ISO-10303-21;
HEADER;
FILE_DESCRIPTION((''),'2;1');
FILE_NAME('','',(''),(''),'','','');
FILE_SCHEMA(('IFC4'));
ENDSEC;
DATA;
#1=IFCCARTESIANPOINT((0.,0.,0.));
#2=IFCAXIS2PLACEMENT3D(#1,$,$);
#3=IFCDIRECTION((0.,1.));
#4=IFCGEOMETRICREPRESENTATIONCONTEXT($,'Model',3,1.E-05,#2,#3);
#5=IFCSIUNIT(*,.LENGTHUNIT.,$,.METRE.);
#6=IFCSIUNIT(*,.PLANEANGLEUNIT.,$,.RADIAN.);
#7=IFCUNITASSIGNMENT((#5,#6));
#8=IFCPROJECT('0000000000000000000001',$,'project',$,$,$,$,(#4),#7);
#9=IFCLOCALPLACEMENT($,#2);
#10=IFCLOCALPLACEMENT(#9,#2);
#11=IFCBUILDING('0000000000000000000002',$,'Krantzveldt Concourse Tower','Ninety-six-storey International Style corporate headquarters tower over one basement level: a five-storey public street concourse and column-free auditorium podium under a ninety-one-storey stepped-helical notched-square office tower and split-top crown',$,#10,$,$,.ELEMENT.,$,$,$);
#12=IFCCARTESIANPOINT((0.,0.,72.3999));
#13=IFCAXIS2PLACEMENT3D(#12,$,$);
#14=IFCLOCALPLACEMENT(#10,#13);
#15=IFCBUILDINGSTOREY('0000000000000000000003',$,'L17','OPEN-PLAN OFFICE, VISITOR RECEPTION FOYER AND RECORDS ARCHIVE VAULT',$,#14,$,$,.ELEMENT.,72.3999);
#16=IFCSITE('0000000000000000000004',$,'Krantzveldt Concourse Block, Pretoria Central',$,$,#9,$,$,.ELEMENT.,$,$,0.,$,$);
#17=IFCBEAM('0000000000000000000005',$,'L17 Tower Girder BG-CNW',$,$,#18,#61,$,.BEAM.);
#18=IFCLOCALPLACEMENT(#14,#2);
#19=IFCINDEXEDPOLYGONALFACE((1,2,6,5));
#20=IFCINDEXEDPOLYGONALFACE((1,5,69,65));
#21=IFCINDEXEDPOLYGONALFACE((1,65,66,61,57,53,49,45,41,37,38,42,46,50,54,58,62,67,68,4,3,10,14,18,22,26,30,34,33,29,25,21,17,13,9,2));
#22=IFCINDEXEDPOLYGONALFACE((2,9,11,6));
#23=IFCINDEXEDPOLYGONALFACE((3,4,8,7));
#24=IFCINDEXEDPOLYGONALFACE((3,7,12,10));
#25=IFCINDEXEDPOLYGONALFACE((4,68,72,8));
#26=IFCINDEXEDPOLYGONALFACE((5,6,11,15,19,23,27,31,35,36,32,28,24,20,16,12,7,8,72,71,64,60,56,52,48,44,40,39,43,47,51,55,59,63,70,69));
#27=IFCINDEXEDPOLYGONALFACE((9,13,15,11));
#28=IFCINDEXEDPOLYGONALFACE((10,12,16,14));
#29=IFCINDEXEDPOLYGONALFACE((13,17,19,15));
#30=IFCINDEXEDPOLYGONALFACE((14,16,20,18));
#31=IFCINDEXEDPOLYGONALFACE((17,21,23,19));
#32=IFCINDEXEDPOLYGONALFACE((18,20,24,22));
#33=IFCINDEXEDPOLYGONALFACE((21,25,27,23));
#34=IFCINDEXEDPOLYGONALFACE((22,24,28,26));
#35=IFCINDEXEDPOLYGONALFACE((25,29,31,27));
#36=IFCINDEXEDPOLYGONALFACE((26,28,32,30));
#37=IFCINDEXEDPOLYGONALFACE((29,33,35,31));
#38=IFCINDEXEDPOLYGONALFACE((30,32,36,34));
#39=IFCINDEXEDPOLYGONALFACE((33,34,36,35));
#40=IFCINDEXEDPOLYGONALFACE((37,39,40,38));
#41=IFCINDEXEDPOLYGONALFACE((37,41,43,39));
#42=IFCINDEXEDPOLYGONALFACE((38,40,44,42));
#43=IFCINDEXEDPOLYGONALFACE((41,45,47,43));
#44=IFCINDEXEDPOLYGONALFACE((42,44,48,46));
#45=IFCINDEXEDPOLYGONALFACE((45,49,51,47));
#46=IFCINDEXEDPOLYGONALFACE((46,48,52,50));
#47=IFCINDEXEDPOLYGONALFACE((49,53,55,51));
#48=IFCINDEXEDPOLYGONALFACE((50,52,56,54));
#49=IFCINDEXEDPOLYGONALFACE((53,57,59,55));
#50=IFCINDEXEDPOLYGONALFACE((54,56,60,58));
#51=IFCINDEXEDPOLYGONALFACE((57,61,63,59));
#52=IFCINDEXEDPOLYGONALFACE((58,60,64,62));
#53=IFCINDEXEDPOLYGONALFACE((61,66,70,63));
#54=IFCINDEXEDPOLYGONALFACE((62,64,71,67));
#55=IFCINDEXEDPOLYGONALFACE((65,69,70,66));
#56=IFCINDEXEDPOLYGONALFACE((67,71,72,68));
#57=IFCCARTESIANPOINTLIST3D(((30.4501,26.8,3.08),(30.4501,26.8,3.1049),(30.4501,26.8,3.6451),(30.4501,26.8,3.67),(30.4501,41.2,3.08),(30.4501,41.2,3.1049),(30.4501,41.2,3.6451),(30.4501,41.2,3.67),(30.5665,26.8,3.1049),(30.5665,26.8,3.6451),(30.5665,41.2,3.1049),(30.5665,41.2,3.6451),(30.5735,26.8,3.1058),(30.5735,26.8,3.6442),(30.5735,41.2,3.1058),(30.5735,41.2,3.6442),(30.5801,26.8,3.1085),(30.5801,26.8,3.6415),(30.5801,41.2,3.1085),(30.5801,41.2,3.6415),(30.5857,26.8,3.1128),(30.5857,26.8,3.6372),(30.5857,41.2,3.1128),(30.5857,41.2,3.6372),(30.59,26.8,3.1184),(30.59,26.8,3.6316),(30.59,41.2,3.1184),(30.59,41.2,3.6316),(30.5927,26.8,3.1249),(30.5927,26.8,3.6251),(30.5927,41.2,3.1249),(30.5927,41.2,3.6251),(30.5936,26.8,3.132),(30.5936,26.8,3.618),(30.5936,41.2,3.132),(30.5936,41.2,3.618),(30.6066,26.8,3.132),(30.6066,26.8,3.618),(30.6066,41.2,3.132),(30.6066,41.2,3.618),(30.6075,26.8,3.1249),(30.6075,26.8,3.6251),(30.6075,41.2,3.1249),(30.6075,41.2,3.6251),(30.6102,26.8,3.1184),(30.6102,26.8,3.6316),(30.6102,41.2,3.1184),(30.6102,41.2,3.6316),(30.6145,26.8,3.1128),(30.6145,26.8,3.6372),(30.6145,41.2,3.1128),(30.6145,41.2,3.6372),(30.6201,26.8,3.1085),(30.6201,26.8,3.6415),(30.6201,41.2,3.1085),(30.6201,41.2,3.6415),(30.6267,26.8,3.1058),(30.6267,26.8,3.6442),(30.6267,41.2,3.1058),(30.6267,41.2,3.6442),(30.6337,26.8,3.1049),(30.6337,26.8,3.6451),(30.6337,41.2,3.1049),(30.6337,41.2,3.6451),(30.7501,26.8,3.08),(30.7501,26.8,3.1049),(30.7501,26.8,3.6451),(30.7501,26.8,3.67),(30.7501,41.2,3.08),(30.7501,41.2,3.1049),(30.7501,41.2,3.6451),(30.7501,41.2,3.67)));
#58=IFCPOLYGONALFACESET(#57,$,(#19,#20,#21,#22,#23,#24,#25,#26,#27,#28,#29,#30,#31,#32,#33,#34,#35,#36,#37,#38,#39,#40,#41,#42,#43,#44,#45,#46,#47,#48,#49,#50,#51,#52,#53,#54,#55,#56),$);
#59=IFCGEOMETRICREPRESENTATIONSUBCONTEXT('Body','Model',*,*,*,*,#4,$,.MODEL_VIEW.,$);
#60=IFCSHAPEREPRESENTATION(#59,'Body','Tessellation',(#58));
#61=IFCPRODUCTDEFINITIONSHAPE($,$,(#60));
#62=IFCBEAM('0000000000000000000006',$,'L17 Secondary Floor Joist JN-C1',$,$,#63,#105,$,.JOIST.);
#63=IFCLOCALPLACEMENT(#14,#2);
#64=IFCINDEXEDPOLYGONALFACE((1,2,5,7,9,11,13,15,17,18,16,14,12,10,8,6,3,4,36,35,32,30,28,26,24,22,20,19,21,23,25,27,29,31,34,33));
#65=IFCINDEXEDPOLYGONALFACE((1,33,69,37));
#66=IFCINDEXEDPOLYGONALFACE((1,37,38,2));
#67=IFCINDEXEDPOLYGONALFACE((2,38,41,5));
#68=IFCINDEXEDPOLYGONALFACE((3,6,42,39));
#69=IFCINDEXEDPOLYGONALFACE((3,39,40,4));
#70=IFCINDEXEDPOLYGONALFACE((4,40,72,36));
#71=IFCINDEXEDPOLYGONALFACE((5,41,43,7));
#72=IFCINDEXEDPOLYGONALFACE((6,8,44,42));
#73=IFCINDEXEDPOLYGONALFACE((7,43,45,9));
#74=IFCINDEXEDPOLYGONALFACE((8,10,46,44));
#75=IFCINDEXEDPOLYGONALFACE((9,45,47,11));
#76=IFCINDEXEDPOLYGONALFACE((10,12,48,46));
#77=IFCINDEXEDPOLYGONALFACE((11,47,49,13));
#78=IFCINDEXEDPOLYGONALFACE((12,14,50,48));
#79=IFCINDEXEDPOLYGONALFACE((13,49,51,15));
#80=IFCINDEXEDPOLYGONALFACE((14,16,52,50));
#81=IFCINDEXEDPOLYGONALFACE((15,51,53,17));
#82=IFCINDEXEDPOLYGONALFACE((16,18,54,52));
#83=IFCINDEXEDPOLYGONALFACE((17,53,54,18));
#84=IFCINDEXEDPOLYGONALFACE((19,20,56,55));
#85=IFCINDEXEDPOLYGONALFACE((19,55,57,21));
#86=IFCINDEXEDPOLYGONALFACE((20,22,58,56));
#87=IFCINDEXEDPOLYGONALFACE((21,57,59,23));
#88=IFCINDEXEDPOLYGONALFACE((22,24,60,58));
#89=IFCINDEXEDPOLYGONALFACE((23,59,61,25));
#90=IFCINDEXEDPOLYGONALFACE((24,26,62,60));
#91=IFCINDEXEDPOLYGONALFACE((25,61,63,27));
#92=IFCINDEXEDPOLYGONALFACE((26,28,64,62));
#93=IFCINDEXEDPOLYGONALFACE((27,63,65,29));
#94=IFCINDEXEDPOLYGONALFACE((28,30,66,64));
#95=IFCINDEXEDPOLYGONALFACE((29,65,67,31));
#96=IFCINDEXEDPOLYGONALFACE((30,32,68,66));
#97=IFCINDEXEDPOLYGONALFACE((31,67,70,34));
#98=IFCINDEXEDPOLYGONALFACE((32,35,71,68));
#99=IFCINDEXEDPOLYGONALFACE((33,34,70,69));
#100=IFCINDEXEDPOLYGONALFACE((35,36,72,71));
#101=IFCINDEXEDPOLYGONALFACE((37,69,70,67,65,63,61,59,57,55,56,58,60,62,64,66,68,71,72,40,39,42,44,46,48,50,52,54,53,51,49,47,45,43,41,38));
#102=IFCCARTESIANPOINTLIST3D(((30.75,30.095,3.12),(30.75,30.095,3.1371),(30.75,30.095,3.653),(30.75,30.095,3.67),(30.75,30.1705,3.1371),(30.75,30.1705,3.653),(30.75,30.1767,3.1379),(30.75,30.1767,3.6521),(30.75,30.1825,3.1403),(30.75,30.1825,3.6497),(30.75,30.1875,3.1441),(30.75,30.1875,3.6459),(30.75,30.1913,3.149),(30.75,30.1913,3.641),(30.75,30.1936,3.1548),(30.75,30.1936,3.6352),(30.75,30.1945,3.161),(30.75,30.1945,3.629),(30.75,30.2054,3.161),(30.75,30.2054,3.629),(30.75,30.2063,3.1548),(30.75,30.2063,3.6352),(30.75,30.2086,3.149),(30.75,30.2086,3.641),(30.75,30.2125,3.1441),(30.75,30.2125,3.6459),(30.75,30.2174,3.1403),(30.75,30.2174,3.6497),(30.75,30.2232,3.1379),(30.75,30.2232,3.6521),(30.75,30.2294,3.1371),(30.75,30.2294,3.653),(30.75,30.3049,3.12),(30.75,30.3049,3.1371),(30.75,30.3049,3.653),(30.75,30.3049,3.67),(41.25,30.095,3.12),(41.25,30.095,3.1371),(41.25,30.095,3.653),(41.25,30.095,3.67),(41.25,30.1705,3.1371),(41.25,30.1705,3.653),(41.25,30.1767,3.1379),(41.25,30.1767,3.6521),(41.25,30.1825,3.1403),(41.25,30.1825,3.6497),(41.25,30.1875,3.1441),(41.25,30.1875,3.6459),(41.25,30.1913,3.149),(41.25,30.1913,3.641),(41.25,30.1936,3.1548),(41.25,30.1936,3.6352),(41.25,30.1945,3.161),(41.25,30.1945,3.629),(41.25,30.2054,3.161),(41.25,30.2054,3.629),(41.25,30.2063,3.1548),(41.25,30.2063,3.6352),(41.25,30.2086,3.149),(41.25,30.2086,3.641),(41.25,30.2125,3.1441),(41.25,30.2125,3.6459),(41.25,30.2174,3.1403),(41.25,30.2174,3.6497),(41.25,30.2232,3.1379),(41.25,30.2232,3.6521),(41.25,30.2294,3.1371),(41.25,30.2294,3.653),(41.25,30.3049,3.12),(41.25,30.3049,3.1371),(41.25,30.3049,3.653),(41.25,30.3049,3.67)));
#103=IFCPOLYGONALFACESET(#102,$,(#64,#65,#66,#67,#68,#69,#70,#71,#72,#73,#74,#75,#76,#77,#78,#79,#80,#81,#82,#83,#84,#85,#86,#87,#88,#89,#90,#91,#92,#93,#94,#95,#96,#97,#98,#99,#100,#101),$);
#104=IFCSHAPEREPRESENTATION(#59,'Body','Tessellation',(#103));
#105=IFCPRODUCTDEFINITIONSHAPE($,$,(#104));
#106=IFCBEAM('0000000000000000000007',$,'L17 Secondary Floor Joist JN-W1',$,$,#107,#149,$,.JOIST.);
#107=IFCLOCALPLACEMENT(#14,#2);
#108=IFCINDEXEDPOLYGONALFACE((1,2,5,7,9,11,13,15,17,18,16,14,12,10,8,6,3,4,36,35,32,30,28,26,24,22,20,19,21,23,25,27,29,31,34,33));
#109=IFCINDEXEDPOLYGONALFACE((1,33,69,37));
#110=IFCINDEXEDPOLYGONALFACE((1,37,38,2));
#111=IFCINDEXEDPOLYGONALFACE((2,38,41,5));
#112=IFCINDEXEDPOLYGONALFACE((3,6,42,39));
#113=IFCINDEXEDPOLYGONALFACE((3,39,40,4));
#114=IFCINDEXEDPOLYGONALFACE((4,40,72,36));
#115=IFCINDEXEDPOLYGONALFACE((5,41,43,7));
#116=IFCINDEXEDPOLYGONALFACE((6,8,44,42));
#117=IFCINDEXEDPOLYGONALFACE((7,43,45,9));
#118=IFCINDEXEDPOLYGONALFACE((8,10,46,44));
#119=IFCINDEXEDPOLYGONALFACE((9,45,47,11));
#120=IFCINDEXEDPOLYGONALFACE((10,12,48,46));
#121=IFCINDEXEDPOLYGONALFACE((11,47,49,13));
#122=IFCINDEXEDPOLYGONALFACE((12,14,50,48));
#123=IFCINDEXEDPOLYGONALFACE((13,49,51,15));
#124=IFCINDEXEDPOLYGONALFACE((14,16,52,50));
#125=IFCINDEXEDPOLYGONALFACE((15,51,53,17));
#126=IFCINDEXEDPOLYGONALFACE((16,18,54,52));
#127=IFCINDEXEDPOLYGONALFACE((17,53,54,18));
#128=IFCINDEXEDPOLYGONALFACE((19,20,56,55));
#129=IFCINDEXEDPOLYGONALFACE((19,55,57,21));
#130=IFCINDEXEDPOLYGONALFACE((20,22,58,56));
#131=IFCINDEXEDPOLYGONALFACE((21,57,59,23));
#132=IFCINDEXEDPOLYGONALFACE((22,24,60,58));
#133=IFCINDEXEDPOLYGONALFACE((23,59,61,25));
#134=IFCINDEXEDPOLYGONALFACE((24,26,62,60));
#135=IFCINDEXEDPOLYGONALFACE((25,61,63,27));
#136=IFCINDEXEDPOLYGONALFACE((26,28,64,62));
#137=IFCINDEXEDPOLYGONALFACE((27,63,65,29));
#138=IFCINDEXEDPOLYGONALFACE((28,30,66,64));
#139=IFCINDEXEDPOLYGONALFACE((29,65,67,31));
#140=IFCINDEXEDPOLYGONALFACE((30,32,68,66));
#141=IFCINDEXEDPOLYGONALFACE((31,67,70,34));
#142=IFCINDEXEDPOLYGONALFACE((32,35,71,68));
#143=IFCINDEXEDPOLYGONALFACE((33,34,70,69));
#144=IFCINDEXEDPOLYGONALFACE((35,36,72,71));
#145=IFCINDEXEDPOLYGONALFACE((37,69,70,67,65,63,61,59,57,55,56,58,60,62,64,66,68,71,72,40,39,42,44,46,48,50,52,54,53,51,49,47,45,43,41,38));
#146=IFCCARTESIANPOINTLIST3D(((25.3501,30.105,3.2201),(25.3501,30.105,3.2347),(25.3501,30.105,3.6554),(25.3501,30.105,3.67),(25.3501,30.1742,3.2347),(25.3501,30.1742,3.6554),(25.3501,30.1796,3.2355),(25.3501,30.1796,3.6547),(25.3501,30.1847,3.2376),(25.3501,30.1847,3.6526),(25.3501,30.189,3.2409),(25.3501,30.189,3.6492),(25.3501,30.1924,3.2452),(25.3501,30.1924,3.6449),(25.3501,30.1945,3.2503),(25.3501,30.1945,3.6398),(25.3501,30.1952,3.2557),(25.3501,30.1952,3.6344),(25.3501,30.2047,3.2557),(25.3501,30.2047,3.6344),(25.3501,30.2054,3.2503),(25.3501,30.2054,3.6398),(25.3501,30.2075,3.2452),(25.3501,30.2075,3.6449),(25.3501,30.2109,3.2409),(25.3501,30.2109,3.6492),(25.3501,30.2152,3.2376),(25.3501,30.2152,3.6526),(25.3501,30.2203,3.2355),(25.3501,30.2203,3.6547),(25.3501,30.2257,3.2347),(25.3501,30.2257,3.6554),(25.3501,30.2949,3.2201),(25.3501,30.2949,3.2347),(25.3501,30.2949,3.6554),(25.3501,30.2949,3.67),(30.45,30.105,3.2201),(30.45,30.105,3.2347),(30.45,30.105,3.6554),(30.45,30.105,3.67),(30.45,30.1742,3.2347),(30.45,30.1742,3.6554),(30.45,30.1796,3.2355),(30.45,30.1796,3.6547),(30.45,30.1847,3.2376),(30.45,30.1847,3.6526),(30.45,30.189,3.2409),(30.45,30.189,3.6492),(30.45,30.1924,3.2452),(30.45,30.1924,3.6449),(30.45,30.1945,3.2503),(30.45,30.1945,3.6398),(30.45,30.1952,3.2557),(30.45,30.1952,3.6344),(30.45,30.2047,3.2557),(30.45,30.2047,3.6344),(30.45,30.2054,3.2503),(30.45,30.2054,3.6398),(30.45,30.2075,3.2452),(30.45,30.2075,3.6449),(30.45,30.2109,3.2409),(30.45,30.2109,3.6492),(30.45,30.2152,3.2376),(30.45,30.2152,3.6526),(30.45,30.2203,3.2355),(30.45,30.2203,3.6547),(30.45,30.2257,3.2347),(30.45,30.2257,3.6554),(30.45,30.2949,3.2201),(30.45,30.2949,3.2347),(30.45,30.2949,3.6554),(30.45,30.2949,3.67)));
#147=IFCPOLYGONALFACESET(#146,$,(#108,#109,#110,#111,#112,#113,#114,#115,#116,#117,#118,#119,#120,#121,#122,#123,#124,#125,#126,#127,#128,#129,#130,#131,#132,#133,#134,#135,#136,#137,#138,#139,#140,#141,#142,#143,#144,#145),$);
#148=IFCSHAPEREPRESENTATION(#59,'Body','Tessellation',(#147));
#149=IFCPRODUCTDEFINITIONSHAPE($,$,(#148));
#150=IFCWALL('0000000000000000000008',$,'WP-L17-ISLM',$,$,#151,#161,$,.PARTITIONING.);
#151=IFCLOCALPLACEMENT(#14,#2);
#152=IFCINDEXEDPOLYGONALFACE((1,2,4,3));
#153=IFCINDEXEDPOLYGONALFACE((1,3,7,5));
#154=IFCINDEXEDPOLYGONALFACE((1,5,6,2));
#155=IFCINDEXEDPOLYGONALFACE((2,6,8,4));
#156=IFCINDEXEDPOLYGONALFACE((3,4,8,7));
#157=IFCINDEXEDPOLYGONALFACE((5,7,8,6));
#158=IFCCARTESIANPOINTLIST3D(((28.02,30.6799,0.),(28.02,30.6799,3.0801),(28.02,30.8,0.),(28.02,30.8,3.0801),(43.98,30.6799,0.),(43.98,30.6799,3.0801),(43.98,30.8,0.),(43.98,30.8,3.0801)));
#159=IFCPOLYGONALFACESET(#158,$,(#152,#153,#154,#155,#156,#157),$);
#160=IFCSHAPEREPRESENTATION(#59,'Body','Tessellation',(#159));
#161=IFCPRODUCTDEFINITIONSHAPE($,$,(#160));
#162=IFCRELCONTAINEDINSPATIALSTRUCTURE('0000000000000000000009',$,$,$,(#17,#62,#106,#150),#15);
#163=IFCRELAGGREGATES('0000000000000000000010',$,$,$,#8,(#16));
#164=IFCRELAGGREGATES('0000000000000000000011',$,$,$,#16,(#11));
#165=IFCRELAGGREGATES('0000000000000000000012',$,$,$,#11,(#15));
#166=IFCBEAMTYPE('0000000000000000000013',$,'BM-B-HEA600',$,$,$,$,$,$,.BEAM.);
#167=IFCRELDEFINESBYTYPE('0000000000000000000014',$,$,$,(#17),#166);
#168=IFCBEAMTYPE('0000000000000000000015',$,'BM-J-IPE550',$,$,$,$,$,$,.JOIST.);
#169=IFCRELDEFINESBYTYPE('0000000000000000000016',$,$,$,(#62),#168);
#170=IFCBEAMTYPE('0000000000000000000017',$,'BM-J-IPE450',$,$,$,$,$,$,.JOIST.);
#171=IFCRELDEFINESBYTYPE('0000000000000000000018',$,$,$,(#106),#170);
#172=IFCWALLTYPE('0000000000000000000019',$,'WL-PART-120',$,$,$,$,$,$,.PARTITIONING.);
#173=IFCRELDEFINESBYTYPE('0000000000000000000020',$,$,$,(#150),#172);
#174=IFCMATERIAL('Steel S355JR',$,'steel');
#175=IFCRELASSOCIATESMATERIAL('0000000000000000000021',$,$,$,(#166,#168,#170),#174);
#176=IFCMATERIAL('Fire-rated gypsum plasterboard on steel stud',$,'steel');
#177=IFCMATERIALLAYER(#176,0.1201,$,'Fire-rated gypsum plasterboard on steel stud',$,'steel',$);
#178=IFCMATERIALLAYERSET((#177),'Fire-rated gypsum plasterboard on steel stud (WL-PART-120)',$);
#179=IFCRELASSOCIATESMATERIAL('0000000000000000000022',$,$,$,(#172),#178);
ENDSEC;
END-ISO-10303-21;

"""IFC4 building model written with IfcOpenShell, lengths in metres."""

from ifc_helpers import new_model, si_unit, direction, frame, frame_2d, origin, origin_2d, place, context, subcontext, project, spatial, rectangle, i_section, extrude, source, transform, mapped, material, layer, layer_set, material_profile, profile_set, type_object, type_shapes, element, save


model = new_model("IFC4")

# Units and contexts
model_context = context("Model", 3, precision=1e-05, world=origin(), true_north=direction((0.0, 1.0)))
body_context = subcontext(model_context, "Body", "Model", "MODEL_VIEW")
ifc_project = project(units=[si_unit("LENGTHUNIT", "METRE"), si_unit("PLANEANGLEUNIT", "RADIAN")], contexts=[model_context])

# Site, building, storey
site_placement = place(None, origin())
site = spatial("IfcSite", under=ifc_project, at=site_placement, Name="Krantzveldt Concourse Block, Pretoria Central", CompositionType="ELEMENT", RefElevation=0.0)
building_placement = place(site_placement, origin())
building = spatial("IfcBuilding", under=site, at=building_placement, Name="Krantzveldt Concourse Tower", Description="Ninety-six-storey International Style corporate headquarters tower over one basement level: a five-storey public street concourse and column-free auditorium podium under a ninety-one-storey stepped-helical notched-square office tower and split-top crown", CompositionType="ELEMENT")
storey_placement = place(building_placement, frame((0.0, 0.0, 72.3999)))
storey = spatial("IfcBuildingStorey", under=building, at=storey_placement, Name="L17", Description="OPEN-PLAN OFFICE, VISITOR RECEPTION FOYER AND RECORDS ARCHIVE VAULT", CompositionType="ELEMENT", Elevation=72.3999)

# Beams
ifc_material_1 = material(Name="Steel S355JR", Category="steel")
ifc_material_profile_1 = material_profile(ifc_material_1, i_section(OverallWidth=0.3, OverallDepth=0.5901, WebThickness=0.0129, FlangeThickness=0.0249, FilletRadius=0.0271, at=origin_2d()), Name="Steel S355JR", Category="steel")
ifc_profile_set_1 = profile_set([ifc_material_profile_1], Name="Steel S355JR - HEA 600")
beam_type_1 = type_object("IfcBeamType", Name="BM-B-HEA600", PredefinedType="BEAM", material=ifc_profile_set_1)
shared_shape_1 = source(origin(), body_context, "Body", "SweptSolid", [
    extrude(i_section(OverallWidth=0.3, OverallDepth=0.5901, WebThickness=0.0129, FlangeThickness=0.0249, FilletRadius=0.0271, at=origin_2d()), origin(), (0.0, 0.0, 1.0), 14.3999),
])
type_shapes(beam_type_1, [shared_shape_1])
beam_1_placement = place(storey_placement, frame((30.6001, 26.8, 3.375), z_axis=(0.0, 1.0, 0.0), x_axis=(-1.0, 0.0, 0.0)))
element("IfcBeam", 1, at=beam_1_placement, inside=storey, type_object=beam_type_1, Name="L17 Tower Girder BG-CNW", PredefinedType="BEAM", context=body_context, shape_type="MappedRepresentation", body=[
    mapped(shared_shape_1, transform((0.0, 0.0, 0.0), x_axis=(1.0, 0.0, 0.0), y_axis=(0.0, 1.0, 0.0), z_axis=(0.0, 0.0, 1.0), scale=1.0)),
])
ifc_material_profile_2 = material_profile(ifc_material_1, i_section(OverallWidth=0.21, OverallDepth=0.55, WebThickness=0.011, FlangeThickness=0.0171, FilletRadius=0.0239, at=origin_2d()), Name="Steel S355JR", Category="steel")
ifc_profile_set_2 = profile_set([ifc_material_profile_2], Name="Steel S355JR - IPE 550")
beam_type_2 = type_object("IfcBeamType", Name="BM-J-IPE550", PredefinedType="JOIST", material=ifc_profile_set_2)
shared_shape_2 = source(origin(), body_context, "Body", "SweptSolid", [
    extrude(i_section(OverallWidth=0.21, OverallDepth=0.55, WebThickness=0.011, FlangeThickness=0.0171, FilletRadius=0.0239, at=origin_2d()), origin(), (0.0, 0.0, 1.0), 10.5),
])
type_shapes(beam_type_2, [shared_shape_2])
beam_2_placement = place(storey_placement, frame((30.75, 30.2, 3.395), z_axis=(1.0, 0.0, 0.0), x_axis=(0.0, 1.0, 0.0)))
element("IfcBeam", 2, at=beam_2_placement, inside=storey, type_object=beam_type_2, Name="L17 Secondary Floor Joist JN-C1", PredefinedType="JOIST", context=body_context, shape_type="MappedRepresentation", body=[
    mapped(shared_shape_2, transform((0.0, 0.0, 0.0), x_axis=(1.0, 0.0, 0.0), y_axis=(0.0, 1.0, 0.0), z_axis=(0.0, 0.0, 1.0), scale=1.0)),
])
ifc_material_profile_3 = material_profile(ifc_material_1, i_section(OverallWidth=0.1899, OverallDepth=0.45, WebThickness=0.0095, FlangeThickness=0.0146, FilletRadius=0.021, at=origin_2d()), Name="Steel S355JR", Category="steel")
ifc_profile_set_3 = profile_set([ifc_material_profile_3], Name="Steel S355JR - IPE 450")
beam_type_3 = type_object("IfcBeamType", Name="BM-J-IPE450", PredefinedType="JOIST", material=ifc_profile_set_3)
shared_shape_3 = source(origin(), body_context, "Body", "SweptSolid", [
    extrude(i_section(OverallWidth=0.1899, OverallDepth=0.45, WebThickness=0.0095, FlangeThickness=0.0146, FilletRadius=0.021, at=origin_2d()), origin(), (0.0, 0.0, 1.0), 5.0999),
])
type_shapes(beam_type_3, [shared_shape_3])
beam_3_placement = place(storey_placement, frame((25.3501, 30.2, 3.4451), z_axis=(1.0, 0.0, 0.0), x_axis=(0.0, 1.0, 0.0)))
element("IfcBeam", 3, at=beam_3_placement, inside=storey, type_object=beam_type_3, Name="L17 Secondary Floor Joist JN-W1", PredefinedType="JOIST", context=body_context, shape_type="MappedRepresentation", body=[
    mapped(shared_shape_3, transform((0.0, 0.0, 0.0), x_axis=(1.0, 0.0, 0.0), y_axis=(0.0, 1.0, 0.0), z_axis=(0.0, 0.0, 1.0), scale=1.0)),
])

# Wall
ifc_material_2 = material(Name="Fire-rated gypsum plasterboard on steel stud", Category="steel")
ifc_layer_1 = layer(ifc_material_2, 0.1201, Name="Fire-rated gypsum plasterboard on steel stud", Category="steel")
ifc_layer_set_1 = layer_set([ifc_layer_1], Name="Fire-rated gypsum plasterboard on steel stud (WL-PART-120)")
wall_type_1 = type_object("IfcWallType", Name="WL-PART-120", PredefinedType="PARTITIONING", material=ifc_layer_set_1)
wall_1_placement = place(storey_placement, frame((28.02, 30.74, 0.0), z_axis=(0.0, 0.0, 1.0), x_axis=(1.0, 0.0, 0.0)))
element("IfcWall", 4, at=wall_1_placement, inside=storey, type_object=wall_type_1, Name="WP-L17-ISLM", PredefinedType="PARTITIONING", context=body_context, shape_type="SweptSolid", body=[
    extrude(rectangle(XDim=15.96, YDim=0.1201, at=frame_2d((7.98, 0.0))), origin(), (0.0, 0.0, 1.0), 3.0801),
])

save(model, "model.ifc")
